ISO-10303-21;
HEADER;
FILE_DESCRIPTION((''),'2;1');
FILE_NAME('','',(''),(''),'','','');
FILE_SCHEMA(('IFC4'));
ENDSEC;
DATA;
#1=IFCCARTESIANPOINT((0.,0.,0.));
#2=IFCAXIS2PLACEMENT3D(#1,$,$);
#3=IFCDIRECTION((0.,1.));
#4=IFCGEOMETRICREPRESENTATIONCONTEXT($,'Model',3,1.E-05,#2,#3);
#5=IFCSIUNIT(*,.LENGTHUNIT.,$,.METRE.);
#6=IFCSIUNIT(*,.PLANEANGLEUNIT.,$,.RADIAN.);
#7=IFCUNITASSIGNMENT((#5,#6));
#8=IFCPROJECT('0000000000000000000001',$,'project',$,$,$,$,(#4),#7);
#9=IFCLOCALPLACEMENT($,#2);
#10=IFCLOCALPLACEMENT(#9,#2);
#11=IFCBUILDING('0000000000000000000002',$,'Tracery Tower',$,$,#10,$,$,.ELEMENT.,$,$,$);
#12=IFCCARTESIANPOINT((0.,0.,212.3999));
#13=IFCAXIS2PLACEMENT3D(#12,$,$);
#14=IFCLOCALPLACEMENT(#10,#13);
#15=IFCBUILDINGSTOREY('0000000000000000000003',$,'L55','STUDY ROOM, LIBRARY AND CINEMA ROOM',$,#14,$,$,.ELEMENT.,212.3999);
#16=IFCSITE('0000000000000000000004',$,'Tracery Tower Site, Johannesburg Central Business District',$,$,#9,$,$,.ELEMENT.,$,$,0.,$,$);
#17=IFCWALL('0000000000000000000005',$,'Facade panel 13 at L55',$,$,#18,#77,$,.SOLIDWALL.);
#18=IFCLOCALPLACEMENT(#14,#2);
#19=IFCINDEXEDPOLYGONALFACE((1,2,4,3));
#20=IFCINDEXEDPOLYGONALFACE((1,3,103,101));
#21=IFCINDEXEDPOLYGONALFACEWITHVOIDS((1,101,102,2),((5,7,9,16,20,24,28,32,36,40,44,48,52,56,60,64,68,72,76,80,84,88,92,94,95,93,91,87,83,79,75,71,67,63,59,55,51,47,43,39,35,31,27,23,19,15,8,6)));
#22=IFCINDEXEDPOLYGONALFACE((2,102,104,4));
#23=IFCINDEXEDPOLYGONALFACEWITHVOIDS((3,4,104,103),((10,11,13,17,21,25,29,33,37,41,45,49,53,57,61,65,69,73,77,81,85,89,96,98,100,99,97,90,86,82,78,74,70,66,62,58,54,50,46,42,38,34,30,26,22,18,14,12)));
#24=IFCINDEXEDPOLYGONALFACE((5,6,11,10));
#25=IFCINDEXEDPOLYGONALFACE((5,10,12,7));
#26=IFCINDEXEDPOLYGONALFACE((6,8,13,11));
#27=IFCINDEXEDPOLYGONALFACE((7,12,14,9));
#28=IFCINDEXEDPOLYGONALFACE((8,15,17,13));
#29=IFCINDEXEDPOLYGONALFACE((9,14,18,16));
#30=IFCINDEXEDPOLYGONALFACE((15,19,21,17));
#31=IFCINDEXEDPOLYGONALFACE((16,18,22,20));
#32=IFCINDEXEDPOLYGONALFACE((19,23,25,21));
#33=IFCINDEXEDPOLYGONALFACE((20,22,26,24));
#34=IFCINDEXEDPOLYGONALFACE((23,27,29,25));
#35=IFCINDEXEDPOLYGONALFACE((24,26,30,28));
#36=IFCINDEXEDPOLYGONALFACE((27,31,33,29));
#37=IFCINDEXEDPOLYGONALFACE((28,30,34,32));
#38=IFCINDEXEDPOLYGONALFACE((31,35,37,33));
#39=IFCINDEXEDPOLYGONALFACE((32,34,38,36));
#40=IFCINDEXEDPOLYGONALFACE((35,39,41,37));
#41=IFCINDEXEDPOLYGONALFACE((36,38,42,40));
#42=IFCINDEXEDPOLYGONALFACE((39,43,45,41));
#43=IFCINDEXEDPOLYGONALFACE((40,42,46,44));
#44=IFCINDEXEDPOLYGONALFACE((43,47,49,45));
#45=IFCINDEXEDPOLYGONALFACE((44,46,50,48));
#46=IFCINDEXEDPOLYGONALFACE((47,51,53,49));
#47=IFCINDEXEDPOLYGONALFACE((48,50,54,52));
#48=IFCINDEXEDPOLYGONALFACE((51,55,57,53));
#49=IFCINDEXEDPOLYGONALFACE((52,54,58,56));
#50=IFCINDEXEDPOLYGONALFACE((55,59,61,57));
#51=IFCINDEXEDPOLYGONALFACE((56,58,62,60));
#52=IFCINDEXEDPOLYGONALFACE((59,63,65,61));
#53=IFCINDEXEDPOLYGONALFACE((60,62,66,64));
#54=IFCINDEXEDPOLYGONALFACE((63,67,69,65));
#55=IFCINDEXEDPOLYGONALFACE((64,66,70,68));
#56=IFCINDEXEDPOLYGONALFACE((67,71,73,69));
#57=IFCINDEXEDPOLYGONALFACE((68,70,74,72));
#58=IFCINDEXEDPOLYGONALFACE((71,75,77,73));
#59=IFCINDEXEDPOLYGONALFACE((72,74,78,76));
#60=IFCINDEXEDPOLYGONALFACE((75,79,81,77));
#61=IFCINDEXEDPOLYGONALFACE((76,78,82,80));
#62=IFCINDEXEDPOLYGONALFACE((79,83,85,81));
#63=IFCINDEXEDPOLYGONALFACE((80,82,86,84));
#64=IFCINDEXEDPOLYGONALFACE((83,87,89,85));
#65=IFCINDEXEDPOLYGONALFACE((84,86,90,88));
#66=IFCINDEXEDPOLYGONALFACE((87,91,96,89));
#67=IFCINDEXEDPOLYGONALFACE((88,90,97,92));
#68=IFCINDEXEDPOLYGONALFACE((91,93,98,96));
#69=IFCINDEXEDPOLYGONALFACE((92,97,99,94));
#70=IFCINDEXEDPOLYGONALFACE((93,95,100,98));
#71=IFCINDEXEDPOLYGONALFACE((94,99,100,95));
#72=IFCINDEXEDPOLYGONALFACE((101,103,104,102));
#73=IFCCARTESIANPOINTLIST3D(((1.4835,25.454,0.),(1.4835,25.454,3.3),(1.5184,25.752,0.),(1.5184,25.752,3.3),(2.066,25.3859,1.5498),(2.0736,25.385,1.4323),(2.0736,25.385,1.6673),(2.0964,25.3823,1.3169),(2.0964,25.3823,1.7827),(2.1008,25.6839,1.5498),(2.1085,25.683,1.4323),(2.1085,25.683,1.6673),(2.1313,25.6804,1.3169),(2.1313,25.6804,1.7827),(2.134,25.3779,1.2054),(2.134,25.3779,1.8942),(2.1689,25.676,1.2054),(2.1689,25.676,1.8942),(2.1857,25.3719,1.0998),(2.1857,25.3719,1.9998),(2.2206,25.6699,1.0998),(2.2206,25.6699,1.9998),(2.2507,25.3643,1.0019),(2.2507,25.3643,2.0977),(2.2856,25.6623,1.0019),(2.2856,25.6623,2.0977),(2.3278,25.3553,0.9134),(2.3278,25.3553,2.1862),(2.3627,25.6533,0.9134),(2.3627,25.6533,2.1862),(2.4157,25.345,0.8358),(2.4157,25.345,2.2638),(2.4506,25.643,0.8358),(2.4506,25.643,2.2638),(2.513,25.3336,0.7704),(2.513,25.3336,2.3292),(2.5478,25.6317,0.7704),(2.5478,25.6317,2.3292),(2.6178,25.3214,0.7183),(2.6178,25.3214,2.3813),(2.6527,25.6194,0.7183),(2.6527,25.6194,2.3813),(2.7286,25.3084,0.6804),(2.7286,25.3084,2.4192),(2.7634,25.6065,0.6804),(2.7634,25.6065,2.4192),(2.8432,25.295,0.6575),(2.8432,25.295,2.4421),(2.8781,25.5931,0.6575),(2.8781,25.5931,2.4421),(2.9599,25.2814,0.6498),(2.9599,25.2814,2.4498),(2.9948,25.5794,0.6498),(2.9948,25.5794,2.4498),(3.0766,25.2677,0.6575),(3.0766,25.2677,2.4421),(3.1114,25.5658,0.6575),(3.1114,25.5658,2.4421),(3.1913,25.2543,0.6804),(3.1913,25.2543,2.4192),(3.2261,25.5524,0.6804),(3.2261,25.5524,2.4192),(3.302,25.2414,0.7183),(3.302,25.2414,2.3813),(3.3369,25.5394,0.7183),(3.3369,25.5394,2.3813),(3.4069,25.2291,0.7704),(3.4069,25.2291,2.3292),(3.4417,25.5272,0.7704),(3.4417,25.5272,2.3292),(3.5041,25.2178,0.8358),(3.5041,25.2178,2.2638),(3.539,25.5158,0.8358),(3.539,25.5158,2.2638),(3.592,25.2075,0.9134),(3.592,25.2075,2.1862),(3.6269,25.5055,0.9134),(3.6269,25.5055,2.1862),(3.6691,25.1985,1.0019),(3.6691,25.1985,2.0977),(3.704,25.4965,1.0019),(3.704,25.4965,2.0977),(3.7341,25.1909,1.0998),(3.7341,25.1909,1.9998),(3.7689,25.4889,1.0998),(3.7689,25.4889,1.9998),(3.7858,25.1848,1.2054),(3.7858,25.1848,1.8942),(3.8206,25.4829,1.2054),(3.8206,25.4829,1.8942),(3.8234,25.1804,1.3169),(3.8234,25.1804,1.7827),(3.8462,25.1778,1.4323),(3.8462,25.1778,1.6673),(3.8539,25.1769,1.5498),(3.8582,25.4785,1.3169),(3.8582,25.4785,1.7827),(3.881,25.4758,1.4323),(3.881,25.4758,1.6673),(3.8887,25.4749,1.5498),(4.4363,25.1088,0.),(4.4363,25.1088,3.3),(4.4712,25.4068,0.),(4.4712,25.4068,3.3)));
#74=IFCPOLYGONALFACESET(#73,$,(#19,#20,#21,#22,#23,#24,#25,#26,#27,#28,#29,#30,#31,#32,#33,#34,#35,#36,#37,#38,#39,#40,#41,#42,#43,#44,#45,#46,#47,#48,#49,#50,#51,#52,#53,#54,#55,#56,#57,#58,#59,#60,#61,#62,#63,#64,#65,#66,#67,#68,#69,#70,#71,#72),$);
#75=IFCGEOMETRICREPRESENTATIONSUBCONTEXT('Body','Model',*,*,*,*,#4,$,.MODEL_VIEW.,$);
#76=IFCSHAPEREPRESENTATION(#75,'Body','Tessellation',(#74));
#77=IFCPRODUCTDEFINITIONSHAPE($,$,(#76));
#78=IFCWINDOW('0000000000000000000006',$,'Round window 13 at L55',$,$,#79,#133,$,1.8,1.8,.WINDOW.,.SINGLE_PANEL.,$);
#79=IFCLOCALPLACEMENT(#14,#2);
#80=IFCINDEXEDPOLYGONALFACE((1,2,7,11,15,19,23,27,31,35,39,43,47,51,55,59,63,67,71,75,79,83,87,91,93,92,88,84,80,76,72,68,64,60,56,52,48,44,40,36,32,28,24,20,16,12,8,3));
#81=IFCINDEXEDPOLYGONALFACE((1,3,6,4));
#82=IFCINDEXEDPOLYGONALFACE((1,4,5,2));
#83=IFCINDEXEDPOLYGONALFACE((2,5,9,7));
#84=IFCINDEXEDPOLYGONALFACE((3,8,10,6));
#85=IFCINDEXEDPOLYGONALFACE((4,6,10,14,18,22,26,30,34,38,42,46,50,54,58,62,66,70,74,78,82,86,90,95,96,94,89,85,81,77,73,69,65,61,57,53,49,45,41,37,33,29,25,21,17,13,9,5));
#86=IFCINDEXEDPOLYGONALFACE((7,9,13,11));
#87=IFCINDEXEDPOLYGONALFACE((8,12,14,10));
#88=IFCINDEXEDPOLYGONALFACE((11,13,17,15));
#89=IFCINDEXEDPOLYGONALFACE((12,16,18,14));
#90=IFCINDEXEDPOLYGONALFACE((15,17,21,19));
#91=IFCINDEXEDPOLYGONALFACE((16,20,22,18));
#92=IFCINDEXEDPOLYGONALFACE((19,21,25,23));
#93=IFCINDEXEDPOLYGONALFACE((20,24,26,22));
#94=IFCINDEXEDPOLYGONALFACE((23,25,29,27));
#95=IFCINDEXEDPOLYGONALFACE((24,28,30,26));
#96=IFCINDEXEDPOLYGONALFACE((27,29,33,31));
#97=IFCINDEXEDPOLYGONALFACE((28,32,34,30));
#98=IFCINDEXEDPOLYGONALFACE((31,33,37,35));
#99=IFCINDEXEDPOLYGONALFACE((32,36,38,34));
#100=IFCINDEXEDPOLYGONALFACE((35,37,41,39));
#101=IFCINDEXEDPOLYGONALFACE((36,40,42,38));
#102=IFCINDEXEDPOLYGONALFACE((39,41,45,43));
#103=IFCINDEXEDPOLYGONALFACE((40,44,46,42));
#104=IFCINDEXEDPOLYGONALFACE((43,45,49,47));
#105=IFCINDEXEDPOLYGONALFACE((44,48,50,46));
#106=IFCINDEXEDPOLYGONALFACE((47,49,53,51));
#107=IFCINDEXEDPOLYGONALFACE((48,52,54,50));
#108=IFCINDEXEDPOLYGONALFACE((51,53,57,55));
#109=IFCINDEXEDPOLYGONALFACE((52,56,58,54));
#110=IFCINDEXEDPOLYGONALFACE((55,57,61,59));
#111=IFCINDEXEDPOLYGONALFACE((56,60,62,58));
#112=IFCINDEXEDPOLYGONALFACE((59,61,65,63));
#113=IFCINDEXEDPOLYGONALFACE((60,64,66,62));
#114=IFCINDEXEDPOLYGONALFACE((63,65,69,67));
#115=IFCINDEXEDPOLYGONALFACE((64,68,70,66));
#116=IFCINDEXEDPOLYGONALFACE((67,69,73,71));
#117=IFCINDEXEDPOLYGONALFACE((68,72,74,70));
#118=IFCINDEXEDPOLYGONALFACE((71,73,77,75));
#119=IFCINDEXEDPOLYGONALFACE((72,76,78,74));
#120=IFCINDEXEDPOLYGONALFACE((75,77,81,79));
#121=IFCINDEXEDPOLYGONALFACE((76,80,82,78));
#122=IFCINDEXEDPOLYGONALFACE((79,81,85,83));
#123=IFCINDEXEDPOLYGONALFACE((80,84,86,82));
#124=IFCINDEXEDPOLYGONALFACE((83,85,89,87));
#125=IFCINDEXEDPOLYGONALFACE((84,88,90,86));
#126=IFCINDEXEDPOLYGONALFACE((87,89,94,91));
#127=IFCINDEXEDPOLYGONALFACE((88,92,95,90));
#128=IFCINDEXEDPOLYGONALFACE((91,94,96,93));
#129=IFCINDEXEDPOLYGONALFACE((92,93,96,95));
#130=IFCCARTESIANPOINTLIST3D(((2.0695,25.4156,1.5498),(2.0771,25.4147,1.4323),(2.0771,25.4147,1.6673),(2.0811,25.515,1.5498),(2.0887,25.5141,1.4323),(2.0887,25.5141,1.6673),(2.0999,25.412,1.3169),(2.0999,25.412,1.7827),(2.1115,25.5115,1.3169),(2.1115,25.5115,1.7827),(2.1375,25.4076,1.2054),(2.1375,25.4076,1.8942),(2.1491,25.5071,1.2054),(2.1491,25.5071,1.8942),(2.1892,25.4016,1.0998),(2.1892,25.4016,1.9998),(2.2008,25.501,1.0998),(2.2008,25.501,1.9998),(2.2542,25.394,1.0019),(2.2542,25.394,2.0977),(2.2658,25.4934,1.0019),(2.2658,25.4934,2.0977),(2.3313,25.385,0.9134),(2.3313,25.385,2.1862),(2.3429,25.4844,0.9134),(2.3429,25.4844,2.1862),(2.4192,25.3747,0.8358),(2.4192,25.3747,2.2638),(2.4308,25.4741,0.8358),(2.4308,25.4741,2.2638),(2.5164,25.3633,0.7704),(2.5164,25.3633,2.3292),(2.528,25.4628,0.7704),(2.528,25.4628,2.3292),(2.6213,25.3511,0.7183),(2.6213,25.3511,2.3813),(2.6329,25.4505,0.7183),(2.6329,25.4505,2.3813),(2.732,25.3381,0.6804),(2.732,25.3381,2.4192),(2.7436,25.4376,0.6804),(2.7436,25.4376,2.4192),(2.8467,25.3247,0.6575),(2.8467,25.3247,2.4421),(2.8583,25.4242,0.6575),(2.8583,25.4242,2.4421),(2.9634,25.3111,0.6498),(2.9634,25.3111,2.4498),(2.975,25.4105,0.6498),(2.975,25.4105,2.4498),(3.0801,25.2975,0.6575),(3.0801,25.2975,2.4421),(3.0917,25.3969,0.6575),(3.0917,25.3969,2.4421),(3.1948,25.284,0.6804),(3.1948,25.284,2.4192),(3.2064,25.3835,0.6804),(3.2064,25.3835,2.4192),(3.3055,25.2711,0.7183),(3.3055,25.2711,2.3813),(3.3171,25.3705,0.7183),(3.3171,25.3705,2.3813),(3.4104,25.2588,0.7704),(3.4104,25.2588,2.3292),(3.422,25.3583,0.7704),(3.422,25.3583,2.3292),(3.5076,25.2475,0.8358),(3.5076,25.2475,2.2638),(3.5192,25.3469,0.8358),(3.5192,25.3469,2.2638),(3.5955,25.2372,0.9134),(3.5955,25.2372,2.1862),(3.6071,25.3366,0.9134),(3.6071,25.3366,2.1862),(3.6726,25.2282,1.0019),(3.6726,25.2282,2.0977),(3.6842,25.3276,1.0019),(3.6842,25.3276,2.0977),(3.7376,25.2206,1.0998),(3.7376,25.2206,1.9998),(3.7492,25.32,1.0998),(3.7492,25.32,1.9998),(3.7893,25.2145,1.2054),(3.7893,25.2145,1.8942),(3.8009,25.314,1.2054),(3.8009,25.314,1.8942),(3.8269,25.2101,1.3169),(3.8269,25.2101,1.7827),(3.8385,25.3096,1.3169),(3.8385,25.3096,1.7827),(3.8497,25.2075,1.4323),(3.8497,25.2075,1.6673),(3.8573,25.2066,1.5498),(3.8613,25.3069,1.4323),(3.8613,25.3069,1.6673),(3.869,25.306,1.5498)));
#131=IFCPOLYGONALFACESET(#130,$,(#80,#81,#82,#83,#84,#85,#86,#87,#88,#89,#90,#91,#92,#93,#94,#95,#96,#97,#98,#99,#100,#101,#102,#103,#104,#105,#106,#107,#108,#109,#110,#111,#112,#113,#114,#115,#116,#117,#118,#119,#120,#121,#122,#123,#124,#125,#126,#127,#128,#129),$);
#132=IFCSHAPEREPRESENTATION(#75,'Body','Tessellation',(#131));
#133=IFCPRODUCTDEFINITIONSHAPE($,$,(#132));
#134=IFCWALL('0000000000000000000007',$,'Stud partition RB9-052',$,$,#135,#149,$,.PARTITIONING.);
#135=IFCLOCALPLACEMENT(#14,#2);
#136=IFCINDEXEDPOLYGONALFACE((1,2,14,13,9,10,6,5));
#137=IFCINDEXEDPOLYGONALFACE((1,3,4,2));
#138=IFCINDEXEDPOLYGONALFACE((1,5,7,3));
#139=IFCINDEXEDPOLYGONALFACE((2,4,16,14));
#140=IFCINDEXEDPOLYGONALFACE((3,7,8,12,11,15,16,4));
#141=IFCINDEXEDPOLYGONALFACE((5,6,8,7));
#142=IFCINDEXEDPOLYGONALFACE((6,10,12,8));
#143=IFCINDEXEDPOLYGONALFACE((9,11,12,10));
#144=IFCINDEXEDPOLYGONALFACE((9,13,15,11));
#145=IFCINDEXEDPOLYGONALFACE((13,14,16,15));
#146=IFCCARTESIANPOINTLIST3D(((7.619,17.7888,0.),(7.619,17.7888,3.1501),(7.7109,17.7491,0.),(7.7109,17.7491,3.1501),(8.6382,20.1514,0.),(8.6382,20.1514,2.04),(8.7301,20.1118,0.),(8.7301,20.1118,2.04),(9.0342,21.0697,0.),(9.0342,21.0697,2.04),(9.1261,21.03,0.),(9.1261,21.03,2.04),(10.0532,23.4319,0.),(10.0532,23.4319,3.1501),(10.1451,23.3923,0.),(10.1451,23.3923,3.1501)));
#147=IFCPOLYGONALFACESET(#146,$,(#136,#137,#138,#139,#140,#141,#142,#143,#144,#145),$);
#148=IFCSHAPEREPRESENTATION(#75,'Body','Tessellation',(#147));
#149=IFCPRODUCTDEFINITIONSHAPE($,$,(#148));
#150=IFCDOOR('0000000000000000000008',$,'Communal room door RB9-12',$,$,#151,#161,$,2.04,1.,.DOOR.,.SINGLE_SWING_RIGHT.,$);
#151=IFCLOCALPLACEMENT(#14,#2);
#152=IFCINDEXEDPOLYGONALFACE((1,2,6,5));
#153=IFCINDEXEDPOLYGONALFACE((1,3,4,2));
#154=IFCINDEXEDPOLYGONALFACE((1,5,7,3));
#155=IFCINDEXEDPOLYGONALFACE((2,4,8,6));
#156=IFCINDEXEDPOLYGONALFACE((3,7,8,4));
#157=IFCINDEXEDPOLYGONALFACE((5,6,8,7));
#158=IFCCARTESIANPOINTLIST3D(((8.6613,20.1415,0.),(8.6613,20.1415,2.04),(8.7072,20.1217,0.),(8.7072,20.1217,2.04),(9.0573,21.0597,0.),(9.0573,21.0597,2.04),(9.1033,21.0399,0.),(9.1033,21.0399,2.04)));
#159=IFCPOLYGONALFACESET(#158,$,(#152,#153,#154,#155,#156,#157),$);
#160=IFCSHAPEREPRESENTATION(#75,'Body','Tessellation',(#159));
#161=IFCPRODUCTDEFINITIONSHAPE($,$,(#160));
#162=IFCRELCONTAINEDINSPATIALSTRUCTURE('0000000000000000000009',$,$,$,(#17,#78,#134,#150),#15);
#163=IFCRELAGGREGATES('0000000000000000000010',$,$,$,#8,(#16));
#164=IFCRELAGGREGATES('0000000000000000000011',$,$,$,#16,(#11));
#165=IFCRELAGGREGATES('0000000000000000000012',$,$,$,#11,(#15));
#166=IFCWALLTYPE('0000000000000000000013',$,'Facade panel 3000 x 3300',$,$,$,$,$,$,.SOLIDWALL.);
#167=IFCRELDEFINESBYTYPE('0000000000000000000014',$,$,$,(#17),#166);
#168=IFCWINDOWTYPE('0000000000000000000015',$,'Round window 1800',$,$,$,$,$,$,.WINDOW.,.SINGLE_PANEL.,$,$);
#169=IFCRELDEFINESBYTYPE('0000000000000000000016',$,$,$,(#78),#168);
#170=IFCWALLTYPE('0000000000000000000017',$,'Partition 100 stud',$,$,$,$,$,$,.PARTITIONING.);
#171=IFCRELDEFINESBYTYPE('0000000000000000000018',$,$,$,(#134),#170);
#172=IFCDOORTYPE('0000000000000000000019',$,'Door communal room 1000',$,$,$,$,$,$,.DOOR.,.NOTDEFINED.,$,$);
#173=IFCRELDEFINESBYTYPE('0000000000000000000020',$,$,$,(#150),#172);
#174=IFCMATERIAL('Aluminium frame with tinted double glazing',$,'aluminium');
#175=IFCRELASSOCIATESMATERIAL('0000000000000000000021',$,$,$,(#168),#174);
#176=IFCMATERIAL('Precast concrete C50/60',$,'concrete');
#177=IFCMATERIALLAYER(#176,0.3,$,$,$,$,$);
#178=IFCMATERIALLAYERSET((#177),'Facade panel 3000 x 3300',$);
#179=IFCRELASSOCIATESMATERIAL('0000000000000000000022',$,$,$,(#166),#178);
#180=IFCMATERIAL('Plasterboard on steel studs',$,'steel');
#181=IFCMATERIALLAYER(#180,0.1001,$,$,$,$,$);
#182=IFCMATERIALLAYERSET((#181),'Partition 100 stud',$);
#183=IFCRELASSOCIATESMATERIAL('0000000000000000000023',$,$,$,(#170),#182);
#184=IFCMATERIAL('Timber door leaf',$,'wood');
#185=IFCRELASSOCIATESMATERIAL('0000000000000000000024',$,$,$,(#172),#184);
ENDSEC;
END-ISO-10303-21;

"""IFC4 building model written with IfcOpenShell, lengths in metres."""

from ifc_helpers import new_model, si_unit, direction, frame, frame_2d, origin, origin_2d, place, context, subcontext, project, spatial, rectangle, circle, extrude, material, layer, layer_set, type_object, element, fill, save


model = new_model("IFC4")

# Units and contexts
model_context = context("Model", 3, precision=1e-05, world=origin(), true_north=direction((0.0, 1.0)))
body_context = subcontext(model_context, "Body", "Model", "MODEL_VIEW")
ifc_project = project(units=[si_unit("LENGTHUNIT", "METRE"), si_unit("PLANEANGLEUNIT", "RADIAN")], contexts=[model_context])

# Site, building, storey
site_placement = place(None, origin())
site = spatial("IfcSite", under=ifc_project, at=site_placement, Name="Tracery Tower Site, Johannesburg Central Business District", CompositionType="ELEMENT", RefElevation=0.0)
building_placement = place(site_placement, origin())
building = spatial("IfcBuilding", under=site, at=building_placement, Name="Tracery Tower", CompositionType="ELEMENT")
storey_placement = place(building_placement, frame((0.0, 0.0, 212.3999)))
storey = spatial("IfcBuildingStorey", under=building, at=storey_placement, Name="L55", Description="STUDY ROOM, LIBRARY AND CINEMA ROOM", CompositionType="ELEMENT", Elevation=212.3999)

# Wall, opening, window
ifc_material_1 = material(Name="Aluminium frame with tinted double glazing", Category="aluminium")
window_type = type_object("IfcWindowType", Name="Round window 1800", PartitioningType="SINGLE_PANEL", PredefinedType="WINDOW", material=ifc_material_1)
ifc_material_2 = material(Name="Precast concrete C50/60", Category="concrete")
ifc_layer_1 = layer(ifc_material_2, 0.3)
ifc_layer_set_1 = layer_set([ifc_layer_1], Name="Facade panel 3000 x 3300")
wall_type_1 = type_object("IfcWallType", Name="Facade panel 3000 x 3300", PredefinedType="SOLIDWALL", material=ifc_layer_set_1)
wall_1_placement = place(storey_placement, frame((4.4536, 25.2578, 0.0), z_axis=(0.0, 0.0, 1.0), x_axis=(-0.993236, 0.116117, 0.0)))
wall_1 = element("IfcWall", 1, at=wall_1_placement, inside=storey, type_object=wall_type_1, Name="Facade panel 13 at L55", PredefinedType="SOLIDWALL", context=body_context, shape_type="SweptSolid", body=[
    extrude(rectangle(XDim=2.9729, YDim=0.3, at=frame_2d((1.4863, 0.0))), origin(), (0.0, 0.0, 1.0), 3.3),
])
opening_1_placement = place(wall_1_placement, frame((1.4863, 0.0, 1.5498)))
opening_1 = element("IfcOpeningElement", 2, at=opening_1_placement, cuts=wall_1, PredefinedType="OPENING", context=body_context, shape_type="SweptSolid", body=[
    extrude(circle(Radius=0.9, at=origin_2d()), frame((0.0, 0.1599, 0.0), z_axis=(0.0, -1.0, 0.0), x_axis=(1.0, 0.0, 0.0)), (0.0, 0.0, 1.0), 0.3201),
])
window_1_placement = place(opening_1_placement, origin())
window_1 = element("IfcWindow", 3, at=window_1_placement, inside=storey, type_object=window_type, Name="Round window 13 at L55", OverallHeight=1.8, OverallWidth=1.8, PartitioningType="SINGLE_PANEL", PredefinedType="WINDOW", context=body_context, shape_type="SweptSolid", body=[
    extrude(circle(Radius=0.9, at=origin_2d()), frame((0.0, 0.1201, 0.0), z_axis=(0.0, -1.0, 0.0), x_axis=(1.0, 0.0, 0.0)), (0.0, 0.0, 1.0), 0.1001),
])
fill(opening_1, window_1)

# Wall, opening, door
ifc_material_3 = material(Name="Plasterboard on steel studs", Category="steel")
ifc_layer_2 = layer(ifc_material_3, 0.1001)
ifc_layer_set_2 = layer_set([ifc_layer_2], Name="Partition 100 stud")
wall_type_2 = type_object("IfcWallType", Name="Partition 100 stud", PredefinedType="PARTITIONING", material=ifc_layer_set_2)
wall_2_placement = place(storey_placement, frame((7.665, 17.769, 0.0), z_axis=(0.0, 0.0, 1.0), x_axis=(0.396066, 0.918222, 0.0)))
wall_2 = element("IfcWall", 4, at=wall_2_placement, inside=storey, type_object=wall_type_2, Name="Stud partition RB9-052", PredefinedType="PARTITIONING", context=body_context, shape_type="SweptSolid", body=[
    extrude(rectangle(XDim=6.1458, YDim=0.1001, at=frame_2d((3.0728, 0.0))), origin(), (0.0, 0.0, 1.0), 3.1501),
])
opening_2_placement = place(wall_2_placement, frame((2.573, 0.0, 0.0)))
opening_2 = element("IfcOpeningElement", 5, at=opening_2_placement, cuts=wall_2, PredefinedType="OPENING", context=body_context, shape_type="SweptSolid", body=[
    extrude(rectangle(XDim=1.0, YDim=2.04, at=frame_2d((0.5, 1.02))), frame((0.0, 0.05, 0.0), z_axis=(0.0, -1.0, 0.0), x_axis=(1.0, 0.0, 0.0)), (0.0, 0.0, 1.0), 0.1001),
])
ifc_material_4 = material(Name="Timber door leaf", Category="wood")
door_type_1 = type_object("IfcDoorType", Name="Door communal room 1000", OperationType="NOTDEFINED", PredefinedType="DOOR", material=ifc_material_4)
door_1_placement = place(opening_2_placement, origin())
door_1 = element("IfcDoor", 6, at=door_1_placement, inside=storey, type_object=door_type_1, Name="Communal room door RB9-12", OperationType="SINGLE_SWING_RIGHT", OverallHeight=2.04, OverallWidth=1.0, PredefinedType="DOOR", context=body_context, shape_type="SweptSolid", body=[
    extrude(rectangle(XDim=1.0, YDim=2.04, at=frame_2d((0.5, 1.02))), frame((0.0, 0.0249, 0.0), z_axis=(0.0, -1.0, 0.0), x_axis=(1.0, 0.0, 0.0)), (0.0, 0.0, 1.0), 0.05),
])
fill(opening_2, door_1)

save(model, "model.ifc")
